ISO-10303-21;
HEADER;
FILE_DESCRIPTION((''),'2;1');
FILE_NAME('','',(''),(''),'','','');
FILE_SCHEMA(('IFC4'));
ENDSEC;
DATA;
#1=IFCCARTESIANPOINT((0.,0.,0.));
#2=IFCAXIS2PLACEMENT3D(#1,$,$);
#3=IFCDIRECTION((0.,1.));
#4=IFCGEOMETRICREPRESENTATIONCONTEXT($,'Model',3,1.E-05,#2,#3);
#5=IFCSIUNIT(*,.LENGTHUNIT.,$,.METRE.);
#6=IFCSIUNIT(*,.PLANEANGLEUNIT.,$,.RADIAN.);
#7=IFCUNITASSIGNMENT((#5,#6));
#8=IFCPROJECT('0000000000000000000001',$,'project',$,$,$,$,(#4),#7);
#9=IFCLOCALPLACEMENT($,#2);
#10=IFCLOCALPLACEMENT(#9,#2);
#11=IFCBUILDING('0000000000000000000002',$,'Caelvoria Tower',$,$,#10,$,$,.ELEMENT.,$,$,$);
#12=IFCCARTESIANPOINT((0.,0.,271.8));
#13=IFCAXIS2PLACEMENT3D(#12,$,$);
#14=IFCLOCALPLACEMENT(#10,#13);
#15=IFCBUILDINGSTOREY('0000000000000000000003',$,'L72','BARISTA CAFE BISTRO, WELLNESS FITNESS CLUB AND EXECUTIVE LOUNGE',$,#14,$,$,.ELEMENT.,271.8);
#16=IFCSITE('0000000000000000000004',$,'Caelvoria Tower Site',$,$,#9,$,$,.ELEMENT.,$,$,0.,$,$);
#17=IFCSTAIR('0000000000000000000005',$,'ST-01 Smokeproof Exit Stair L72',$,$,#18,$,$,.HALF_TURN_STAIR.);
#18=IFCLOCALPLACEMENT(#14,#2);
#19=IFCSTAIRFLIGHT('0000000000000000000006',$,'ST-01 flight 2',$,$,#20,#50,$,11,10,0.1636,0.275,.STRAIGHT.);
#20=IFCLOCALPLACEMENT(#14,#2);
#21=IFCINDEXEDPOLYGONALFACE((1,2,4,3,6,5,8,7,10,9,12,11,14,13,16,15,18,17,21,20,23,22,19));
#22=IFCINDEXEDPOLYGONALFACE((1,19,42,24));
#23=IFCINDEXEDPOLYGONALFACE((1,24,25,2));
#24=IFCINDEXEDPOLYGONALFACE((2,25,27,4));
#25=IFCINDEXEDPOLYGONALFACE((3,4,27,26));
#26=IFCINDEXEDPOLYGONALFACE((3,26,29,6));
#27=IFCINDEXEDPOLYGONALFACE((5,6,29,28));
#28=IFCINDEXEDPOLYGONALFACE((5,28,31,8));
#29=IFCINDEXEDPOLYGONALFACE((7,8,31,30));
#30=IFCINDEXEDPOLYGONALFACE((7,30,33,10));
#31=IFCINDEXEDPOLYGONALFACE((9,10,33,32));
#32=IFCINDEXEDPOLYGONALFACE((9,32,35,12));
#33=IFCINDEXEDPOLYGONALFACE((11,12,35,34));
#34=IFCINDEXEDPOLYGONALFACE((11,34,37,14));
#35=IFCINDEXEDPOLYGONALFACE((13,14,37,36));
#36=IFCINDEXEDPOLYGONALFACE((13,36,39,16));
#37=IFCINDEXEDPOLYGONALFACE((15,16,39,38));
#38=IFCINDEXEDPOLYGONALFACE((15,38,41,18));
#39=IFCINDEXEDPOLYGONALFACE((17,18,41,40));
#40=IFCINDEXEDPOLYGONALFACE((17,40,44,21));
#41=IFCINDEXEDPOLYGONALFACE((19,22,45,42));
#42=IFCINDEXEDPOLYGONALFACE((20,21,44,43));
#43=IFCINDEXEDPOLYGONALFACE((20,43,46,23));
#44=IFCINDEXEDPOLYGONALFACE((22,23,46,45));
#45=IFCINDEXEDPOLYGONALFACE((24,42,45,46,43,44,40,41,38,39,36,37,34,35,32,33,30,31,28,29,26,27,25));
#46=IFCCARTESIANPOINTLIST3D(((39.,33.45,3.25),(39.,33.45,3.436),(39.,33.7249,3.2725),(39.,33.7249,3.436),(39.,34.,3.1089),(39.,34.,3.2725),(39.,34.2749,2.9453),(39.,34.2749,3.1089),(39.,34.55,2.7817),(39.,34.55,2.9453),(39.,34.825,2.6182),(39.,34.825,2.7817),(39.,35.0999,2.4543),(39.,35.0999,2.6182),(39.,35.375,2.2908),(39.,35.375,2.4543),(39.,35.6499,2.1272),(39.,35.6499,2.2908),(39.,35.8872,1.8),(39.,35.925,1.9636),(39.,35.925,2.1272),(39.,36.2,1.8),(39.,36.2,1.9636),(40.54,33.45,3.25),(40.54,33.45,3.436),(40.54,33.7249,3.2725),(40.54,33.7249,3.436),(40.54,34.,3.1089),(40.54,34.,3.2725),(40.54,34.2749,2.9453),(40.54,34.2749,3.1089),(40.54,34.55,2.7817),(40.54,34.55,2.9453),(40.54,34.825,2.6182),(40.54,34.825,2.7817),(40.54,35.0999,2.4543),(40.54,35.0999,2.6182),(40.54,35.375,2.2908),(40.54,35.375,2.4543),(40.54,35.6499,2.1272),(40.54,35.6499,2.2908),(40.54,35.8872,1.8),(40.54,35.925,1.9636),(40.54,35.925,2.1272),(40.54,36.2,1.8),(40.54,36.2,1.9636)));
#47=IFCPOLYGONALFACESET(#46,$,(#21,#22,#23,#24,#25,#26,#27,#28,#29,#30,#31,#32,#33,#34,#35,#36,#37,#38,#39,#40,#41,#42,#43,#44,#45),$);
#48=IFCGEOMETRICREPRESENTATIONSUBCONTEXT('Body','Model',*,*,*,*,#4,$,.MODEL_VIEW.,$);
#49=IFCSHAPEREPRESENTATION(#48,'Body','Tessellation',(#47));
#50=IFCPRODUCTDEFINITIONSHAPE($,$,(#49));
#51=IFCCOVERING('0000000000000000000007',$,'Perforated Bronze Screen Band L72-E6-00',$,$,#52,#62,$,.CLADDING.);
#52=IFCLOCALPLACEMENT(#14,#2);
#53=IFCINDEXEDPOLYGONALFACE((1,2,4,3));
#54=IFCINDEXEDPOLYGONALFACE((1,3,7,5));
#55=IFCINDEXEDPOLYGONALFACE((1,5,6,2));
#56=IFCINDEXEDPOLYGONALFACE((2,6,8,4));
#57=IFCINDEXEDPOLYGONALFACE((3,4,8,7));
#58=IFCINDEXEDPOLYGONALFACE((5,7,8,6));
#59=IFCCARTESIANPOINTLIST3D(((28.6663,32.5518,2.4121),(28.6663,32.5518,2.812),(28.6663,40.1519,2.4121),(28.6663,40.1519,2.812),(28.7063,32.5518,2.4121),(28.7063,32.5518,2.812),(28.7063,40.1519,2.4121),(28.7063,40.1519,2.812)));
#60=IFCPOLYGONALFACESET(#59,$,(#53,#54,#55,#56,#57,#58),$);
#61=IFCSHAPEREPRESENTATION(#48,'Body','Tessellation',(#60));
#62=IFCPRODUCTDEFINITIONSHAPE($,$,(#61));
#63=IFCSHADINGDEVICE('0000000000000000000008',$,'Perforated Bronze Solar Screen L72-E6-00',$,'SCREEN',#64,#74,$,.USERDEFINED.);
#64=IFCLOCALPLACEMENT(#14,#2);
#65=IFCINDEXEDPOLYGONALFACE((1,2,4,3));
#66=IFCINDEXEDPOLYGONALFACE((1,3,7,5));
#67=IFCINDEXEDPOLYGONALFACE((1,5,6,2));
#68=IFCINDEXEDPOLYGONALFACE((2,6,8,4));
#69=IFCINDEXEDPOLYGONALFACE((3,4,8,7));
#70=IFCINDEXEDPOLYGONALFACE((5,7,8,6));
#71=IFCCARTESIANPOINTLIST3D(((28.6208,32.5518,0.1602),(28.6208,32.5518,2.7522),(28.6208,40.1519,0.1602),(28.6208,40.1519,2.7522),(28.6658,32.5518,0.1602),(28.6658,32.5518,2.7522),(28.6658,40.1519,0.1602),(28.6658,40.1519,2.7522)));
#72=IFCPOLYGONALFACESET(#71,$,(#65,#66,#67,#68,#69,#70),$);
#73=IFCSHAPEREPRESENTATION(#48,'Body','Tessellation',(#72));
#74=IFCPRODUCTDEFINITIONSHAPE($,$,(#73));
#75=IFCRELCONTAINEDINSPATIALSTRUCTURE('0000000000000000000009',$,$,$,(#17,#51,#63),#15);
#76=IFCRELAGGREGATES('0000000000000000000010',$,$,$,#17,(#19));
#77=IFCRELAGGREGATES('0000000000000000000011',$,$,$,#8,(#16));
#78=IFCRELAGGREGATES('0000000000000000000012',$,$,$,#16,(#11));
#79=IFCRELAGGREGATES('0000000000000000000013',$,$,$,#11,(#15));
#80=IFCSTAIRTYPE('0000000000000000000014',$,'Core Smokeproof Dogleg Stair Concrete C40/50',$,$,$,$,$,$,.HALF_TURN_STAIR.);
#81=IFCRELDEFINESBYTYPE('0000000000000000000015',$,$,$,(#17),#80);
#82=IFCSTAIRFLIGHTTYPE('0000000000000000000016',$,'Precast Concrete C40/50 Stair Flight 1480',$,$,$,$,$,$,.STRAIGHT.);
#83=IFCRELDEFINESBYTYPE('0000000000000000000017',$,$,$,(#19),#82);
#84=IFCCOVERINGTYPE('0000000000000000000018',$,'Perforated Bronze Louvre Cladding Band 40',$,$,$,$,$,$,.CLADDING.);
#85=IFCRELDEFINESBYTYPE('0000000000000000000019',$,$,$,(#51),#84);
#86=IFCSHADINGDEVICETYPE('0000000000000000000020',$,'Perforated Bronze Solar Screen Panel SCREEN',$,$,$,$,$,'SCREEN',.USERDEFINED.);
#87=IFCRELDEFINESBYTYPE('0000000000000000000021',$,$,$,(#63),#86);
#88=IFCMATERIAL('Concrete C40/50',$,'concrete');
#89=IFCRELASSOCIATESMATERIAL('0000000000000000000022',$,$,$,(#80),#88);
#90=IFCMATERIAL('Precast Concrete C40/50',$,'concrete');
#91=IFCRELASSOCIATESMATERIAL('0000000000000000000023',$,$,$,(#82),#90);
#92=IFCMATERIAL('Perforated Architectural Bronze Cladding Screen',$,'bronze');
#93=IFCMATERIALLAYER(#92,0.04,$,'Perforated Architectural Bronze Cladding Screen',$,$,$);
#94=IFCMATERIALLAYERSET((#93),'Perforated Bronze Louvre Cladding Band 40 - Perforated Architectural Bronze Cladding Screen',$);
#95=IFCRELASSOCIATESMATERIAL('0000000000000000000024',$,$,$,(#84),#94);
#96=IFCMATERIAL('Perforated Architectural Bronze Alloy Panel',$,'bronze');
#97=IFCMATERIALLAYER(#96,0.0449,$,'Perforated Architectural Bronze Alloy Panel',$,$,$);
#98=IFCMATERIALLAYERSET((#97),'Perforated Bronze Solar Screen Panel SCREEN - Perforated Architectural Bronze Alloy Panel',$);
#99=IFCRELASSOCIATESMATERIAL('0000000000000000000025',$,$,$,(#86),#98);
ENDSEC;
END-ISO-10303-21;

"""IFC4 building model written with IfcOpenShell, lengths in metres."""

from ifc_helpers import new_model, si_unit, direction, frame, origin, origin_2d, place, context, subcontext, project, spatial, polyline, rectangle, outline, extrude, material, layer, layer_set, type_object, element, aggregate, save


model = new_model("IFC4")

# Units and contexts
model_context = context("Model", 3, precision=1e-05, world=origin(), true_north=direction((0.0, 1.0)))
body_context = subcontext(model_context, "Body", "Model", "MODEL_VIEW")
ifc_project = project(units=[si_unit("LENGTHUNIT", "METRE"), si_unit("PLANEANGLEUNIT", "RADIAN")], contexts=[model_context])

# Site, building, storey
site_placement = place(None, origin())
site = spatial("IfcSite", under=ifc_project, at=site_placement, Name="Caelvoria Tower Site", CompositionType="ELEMENT", RefElevation=0.0)
building_placement = place(site_placement, origin())
building = spatial("IfcBuilding", under=site, at=building_placement, Name="Caelvoria Tower", CompositionType="ELEMENT")
storey_placement = place(building_placement, frame((0.0, 0.0, 271.8)))
storey = spatial("IfcBuildingStorey", under=building, at=storey_placement, Name="L72", Description="BARISTA CAFE BISTRO, WELLNESS FITNESS CLUB AND EXECUTIVE LOUNGE", CompositionType="ELEMENT", Elevation=271.8)

# Stair, stair flight
ifc_material_1 = material(Name="Concrete C40/50", Category="concrete")
stair_type = type_object("IfcStairType", Name="Core Smokeproof Dogleg Stair Concrete C40/50", PredefinedType="HALF_TURN_STAIR", material=ifc_material_1)
stair_placement = place(storey_placement, origin())
stair = element("IfcStair", 1, at=stair_placement, inside=storey, type_object=stair_type, Name="ST-01 Smokeproof Exit Stair L72", PredefinedType="HALF_TURN_STAIR")
ifc_material_2 = material(Name="Precast Concrete C40/50", Category="concrete")
stair_flight_type = type_object("IfcStairFlightType", Name="Precast Concrete C40/50 Stair Flight 1480", PredefinedType="STRAIGHT", material=ifc_material_2)
stair_flight_1_placement = place(storey_placement, frame((39.77, 36.2, 1.8), z_axis=(0.0, 0.0, 1.0), x_axis=(0.0, -1.0, 0.0)))
stair_flight_1 = element("IfcStairFlight", 2, at=stair_flight_1_placement, type_object=stair_flight_type, Name="ST-01 flight 2", NumberOfRisers=11, NumberOfTreads=10, PredefinedType="STRAIGHT", RiserHeight=0.1636, TreadLength=0.275, context=body_context, shape_type="SweptSolid", body=[
    extrude(outline(polyline([(0.0, 0.0), (0.0, 0.1636), (0.2749, 0.1636), (0.2749, 0.3271), (0.55, 0.3271), (0.55, 0.4907), (0.825, 0.4907), (0.825, 0.6543), (1.1001, 0.6543), (1.1001, 0.8181), (1.375, 0.8181), (1.375, 0.9817), (1.6499, 0.9817), (1.6499, 1.1453), (1.925, 1.1453), (1.925, 1.3088), (2.2, 1.3088), (2.2, 1.4724), (2.4751, 1.4724), (2.4751, 1.636), (2.75, 1.636), (2.75, 1.7996), (2.75, 1.45), (0.3127, 0.0), (0.0, 0.0)])), frame((0.0, 0.77, 0.0), z_axis=(0.0, -1.0, 0.0), x_axis=(1.0, 0.0, 0.0)), (0.0, 0.0, 1.0), 1.54),
])
aggregate(stair, [stair_flight_1])

# Covering
ifc_material_3 = material(Name="Perforated Architectural Bronze Cladding Screen", Category="bronze")
ifc_layer_1 = layer(ifc_material_3, 0.04, Name="Perforated Architectural Bronze Cladding Screen")
ifc_layer_set_1 = layer_set([ifc_layer_1], Name="Perforated Bronze Louvre Cladding Band 40 - Perforated Architectural Bronze Cladding Screen")
covering_type = type_object("IfcCoveringType", Name="Perforated Bronze Louvre Cladding Band 40", PredefinedType="CLADDING", material=ifc_layer_set_1)
covering_placement = place(storey_placement, frame((28.6863, 36.3518, 2.4121), z_axis=(0.0, 0.0, 1.0), x_axis=(0.0, -1.0, 0.0)))
element("IfcCovering", 3, at=covering_placement, inside=storey, type_object=covering_type, Name="Perforated Bronze Screen Band L72-E6-00", PredefinedType="CLADDING", context=body_context, shape_type="SweptSolid", body=[
    extrude(rectangle(XDim=7.6001, YDim=0.04, at=origin_2d()), origin(), (0.0, 0.0, 1.0), 0.3999),
])

# Shading device
ifc_material_4 = material(Name="Perforated Architectural Bronze Alloy Panel", Category="bronze")
ifc_layer_2 = layer(ifc_material_4, 0.0449, Name="Perforated Architectural Bronze Alloy Panel")
ifc_layer_set_2 = layer_set([ifc_layer_2], Name="Perforated Bronze Solar Screen Panel SCREEN - Perforated Architectural Bronze Alloy Panel")
shading_device_type = type_object("IfcShadingDeviceType", Name="Perforated Bronze Solar Screen Panel SCREEN", ElementType="SCREEN", PredefinedType="USERDEFINED", material=ifc_layer_set_2)
shading_device_placement = place(storey_placement, frame((28.6433, 36.3518, 0.1602), z_axis=(0.0, 0.0, 1.0), x_axis=(0.0, -1.0, 0.0)))
element("IfcShadingDevice", 4, at=shading_device_placement, inside=storey, type_object=shading_device_type, Name="Perforated Bronze Solar Screen L72-E6-00", ObjectType="SCREEN", PredefinedType="USERDEFINED", context=body_context, shape_type="SweptSolid", body=[
    extrude(rectangle(XDim=7.6001, YDim=0.0449, at=origin_2d()), origin(), (0.0, 0.0, 1.0), 2.592),
])

save(model, "model.ifc")
